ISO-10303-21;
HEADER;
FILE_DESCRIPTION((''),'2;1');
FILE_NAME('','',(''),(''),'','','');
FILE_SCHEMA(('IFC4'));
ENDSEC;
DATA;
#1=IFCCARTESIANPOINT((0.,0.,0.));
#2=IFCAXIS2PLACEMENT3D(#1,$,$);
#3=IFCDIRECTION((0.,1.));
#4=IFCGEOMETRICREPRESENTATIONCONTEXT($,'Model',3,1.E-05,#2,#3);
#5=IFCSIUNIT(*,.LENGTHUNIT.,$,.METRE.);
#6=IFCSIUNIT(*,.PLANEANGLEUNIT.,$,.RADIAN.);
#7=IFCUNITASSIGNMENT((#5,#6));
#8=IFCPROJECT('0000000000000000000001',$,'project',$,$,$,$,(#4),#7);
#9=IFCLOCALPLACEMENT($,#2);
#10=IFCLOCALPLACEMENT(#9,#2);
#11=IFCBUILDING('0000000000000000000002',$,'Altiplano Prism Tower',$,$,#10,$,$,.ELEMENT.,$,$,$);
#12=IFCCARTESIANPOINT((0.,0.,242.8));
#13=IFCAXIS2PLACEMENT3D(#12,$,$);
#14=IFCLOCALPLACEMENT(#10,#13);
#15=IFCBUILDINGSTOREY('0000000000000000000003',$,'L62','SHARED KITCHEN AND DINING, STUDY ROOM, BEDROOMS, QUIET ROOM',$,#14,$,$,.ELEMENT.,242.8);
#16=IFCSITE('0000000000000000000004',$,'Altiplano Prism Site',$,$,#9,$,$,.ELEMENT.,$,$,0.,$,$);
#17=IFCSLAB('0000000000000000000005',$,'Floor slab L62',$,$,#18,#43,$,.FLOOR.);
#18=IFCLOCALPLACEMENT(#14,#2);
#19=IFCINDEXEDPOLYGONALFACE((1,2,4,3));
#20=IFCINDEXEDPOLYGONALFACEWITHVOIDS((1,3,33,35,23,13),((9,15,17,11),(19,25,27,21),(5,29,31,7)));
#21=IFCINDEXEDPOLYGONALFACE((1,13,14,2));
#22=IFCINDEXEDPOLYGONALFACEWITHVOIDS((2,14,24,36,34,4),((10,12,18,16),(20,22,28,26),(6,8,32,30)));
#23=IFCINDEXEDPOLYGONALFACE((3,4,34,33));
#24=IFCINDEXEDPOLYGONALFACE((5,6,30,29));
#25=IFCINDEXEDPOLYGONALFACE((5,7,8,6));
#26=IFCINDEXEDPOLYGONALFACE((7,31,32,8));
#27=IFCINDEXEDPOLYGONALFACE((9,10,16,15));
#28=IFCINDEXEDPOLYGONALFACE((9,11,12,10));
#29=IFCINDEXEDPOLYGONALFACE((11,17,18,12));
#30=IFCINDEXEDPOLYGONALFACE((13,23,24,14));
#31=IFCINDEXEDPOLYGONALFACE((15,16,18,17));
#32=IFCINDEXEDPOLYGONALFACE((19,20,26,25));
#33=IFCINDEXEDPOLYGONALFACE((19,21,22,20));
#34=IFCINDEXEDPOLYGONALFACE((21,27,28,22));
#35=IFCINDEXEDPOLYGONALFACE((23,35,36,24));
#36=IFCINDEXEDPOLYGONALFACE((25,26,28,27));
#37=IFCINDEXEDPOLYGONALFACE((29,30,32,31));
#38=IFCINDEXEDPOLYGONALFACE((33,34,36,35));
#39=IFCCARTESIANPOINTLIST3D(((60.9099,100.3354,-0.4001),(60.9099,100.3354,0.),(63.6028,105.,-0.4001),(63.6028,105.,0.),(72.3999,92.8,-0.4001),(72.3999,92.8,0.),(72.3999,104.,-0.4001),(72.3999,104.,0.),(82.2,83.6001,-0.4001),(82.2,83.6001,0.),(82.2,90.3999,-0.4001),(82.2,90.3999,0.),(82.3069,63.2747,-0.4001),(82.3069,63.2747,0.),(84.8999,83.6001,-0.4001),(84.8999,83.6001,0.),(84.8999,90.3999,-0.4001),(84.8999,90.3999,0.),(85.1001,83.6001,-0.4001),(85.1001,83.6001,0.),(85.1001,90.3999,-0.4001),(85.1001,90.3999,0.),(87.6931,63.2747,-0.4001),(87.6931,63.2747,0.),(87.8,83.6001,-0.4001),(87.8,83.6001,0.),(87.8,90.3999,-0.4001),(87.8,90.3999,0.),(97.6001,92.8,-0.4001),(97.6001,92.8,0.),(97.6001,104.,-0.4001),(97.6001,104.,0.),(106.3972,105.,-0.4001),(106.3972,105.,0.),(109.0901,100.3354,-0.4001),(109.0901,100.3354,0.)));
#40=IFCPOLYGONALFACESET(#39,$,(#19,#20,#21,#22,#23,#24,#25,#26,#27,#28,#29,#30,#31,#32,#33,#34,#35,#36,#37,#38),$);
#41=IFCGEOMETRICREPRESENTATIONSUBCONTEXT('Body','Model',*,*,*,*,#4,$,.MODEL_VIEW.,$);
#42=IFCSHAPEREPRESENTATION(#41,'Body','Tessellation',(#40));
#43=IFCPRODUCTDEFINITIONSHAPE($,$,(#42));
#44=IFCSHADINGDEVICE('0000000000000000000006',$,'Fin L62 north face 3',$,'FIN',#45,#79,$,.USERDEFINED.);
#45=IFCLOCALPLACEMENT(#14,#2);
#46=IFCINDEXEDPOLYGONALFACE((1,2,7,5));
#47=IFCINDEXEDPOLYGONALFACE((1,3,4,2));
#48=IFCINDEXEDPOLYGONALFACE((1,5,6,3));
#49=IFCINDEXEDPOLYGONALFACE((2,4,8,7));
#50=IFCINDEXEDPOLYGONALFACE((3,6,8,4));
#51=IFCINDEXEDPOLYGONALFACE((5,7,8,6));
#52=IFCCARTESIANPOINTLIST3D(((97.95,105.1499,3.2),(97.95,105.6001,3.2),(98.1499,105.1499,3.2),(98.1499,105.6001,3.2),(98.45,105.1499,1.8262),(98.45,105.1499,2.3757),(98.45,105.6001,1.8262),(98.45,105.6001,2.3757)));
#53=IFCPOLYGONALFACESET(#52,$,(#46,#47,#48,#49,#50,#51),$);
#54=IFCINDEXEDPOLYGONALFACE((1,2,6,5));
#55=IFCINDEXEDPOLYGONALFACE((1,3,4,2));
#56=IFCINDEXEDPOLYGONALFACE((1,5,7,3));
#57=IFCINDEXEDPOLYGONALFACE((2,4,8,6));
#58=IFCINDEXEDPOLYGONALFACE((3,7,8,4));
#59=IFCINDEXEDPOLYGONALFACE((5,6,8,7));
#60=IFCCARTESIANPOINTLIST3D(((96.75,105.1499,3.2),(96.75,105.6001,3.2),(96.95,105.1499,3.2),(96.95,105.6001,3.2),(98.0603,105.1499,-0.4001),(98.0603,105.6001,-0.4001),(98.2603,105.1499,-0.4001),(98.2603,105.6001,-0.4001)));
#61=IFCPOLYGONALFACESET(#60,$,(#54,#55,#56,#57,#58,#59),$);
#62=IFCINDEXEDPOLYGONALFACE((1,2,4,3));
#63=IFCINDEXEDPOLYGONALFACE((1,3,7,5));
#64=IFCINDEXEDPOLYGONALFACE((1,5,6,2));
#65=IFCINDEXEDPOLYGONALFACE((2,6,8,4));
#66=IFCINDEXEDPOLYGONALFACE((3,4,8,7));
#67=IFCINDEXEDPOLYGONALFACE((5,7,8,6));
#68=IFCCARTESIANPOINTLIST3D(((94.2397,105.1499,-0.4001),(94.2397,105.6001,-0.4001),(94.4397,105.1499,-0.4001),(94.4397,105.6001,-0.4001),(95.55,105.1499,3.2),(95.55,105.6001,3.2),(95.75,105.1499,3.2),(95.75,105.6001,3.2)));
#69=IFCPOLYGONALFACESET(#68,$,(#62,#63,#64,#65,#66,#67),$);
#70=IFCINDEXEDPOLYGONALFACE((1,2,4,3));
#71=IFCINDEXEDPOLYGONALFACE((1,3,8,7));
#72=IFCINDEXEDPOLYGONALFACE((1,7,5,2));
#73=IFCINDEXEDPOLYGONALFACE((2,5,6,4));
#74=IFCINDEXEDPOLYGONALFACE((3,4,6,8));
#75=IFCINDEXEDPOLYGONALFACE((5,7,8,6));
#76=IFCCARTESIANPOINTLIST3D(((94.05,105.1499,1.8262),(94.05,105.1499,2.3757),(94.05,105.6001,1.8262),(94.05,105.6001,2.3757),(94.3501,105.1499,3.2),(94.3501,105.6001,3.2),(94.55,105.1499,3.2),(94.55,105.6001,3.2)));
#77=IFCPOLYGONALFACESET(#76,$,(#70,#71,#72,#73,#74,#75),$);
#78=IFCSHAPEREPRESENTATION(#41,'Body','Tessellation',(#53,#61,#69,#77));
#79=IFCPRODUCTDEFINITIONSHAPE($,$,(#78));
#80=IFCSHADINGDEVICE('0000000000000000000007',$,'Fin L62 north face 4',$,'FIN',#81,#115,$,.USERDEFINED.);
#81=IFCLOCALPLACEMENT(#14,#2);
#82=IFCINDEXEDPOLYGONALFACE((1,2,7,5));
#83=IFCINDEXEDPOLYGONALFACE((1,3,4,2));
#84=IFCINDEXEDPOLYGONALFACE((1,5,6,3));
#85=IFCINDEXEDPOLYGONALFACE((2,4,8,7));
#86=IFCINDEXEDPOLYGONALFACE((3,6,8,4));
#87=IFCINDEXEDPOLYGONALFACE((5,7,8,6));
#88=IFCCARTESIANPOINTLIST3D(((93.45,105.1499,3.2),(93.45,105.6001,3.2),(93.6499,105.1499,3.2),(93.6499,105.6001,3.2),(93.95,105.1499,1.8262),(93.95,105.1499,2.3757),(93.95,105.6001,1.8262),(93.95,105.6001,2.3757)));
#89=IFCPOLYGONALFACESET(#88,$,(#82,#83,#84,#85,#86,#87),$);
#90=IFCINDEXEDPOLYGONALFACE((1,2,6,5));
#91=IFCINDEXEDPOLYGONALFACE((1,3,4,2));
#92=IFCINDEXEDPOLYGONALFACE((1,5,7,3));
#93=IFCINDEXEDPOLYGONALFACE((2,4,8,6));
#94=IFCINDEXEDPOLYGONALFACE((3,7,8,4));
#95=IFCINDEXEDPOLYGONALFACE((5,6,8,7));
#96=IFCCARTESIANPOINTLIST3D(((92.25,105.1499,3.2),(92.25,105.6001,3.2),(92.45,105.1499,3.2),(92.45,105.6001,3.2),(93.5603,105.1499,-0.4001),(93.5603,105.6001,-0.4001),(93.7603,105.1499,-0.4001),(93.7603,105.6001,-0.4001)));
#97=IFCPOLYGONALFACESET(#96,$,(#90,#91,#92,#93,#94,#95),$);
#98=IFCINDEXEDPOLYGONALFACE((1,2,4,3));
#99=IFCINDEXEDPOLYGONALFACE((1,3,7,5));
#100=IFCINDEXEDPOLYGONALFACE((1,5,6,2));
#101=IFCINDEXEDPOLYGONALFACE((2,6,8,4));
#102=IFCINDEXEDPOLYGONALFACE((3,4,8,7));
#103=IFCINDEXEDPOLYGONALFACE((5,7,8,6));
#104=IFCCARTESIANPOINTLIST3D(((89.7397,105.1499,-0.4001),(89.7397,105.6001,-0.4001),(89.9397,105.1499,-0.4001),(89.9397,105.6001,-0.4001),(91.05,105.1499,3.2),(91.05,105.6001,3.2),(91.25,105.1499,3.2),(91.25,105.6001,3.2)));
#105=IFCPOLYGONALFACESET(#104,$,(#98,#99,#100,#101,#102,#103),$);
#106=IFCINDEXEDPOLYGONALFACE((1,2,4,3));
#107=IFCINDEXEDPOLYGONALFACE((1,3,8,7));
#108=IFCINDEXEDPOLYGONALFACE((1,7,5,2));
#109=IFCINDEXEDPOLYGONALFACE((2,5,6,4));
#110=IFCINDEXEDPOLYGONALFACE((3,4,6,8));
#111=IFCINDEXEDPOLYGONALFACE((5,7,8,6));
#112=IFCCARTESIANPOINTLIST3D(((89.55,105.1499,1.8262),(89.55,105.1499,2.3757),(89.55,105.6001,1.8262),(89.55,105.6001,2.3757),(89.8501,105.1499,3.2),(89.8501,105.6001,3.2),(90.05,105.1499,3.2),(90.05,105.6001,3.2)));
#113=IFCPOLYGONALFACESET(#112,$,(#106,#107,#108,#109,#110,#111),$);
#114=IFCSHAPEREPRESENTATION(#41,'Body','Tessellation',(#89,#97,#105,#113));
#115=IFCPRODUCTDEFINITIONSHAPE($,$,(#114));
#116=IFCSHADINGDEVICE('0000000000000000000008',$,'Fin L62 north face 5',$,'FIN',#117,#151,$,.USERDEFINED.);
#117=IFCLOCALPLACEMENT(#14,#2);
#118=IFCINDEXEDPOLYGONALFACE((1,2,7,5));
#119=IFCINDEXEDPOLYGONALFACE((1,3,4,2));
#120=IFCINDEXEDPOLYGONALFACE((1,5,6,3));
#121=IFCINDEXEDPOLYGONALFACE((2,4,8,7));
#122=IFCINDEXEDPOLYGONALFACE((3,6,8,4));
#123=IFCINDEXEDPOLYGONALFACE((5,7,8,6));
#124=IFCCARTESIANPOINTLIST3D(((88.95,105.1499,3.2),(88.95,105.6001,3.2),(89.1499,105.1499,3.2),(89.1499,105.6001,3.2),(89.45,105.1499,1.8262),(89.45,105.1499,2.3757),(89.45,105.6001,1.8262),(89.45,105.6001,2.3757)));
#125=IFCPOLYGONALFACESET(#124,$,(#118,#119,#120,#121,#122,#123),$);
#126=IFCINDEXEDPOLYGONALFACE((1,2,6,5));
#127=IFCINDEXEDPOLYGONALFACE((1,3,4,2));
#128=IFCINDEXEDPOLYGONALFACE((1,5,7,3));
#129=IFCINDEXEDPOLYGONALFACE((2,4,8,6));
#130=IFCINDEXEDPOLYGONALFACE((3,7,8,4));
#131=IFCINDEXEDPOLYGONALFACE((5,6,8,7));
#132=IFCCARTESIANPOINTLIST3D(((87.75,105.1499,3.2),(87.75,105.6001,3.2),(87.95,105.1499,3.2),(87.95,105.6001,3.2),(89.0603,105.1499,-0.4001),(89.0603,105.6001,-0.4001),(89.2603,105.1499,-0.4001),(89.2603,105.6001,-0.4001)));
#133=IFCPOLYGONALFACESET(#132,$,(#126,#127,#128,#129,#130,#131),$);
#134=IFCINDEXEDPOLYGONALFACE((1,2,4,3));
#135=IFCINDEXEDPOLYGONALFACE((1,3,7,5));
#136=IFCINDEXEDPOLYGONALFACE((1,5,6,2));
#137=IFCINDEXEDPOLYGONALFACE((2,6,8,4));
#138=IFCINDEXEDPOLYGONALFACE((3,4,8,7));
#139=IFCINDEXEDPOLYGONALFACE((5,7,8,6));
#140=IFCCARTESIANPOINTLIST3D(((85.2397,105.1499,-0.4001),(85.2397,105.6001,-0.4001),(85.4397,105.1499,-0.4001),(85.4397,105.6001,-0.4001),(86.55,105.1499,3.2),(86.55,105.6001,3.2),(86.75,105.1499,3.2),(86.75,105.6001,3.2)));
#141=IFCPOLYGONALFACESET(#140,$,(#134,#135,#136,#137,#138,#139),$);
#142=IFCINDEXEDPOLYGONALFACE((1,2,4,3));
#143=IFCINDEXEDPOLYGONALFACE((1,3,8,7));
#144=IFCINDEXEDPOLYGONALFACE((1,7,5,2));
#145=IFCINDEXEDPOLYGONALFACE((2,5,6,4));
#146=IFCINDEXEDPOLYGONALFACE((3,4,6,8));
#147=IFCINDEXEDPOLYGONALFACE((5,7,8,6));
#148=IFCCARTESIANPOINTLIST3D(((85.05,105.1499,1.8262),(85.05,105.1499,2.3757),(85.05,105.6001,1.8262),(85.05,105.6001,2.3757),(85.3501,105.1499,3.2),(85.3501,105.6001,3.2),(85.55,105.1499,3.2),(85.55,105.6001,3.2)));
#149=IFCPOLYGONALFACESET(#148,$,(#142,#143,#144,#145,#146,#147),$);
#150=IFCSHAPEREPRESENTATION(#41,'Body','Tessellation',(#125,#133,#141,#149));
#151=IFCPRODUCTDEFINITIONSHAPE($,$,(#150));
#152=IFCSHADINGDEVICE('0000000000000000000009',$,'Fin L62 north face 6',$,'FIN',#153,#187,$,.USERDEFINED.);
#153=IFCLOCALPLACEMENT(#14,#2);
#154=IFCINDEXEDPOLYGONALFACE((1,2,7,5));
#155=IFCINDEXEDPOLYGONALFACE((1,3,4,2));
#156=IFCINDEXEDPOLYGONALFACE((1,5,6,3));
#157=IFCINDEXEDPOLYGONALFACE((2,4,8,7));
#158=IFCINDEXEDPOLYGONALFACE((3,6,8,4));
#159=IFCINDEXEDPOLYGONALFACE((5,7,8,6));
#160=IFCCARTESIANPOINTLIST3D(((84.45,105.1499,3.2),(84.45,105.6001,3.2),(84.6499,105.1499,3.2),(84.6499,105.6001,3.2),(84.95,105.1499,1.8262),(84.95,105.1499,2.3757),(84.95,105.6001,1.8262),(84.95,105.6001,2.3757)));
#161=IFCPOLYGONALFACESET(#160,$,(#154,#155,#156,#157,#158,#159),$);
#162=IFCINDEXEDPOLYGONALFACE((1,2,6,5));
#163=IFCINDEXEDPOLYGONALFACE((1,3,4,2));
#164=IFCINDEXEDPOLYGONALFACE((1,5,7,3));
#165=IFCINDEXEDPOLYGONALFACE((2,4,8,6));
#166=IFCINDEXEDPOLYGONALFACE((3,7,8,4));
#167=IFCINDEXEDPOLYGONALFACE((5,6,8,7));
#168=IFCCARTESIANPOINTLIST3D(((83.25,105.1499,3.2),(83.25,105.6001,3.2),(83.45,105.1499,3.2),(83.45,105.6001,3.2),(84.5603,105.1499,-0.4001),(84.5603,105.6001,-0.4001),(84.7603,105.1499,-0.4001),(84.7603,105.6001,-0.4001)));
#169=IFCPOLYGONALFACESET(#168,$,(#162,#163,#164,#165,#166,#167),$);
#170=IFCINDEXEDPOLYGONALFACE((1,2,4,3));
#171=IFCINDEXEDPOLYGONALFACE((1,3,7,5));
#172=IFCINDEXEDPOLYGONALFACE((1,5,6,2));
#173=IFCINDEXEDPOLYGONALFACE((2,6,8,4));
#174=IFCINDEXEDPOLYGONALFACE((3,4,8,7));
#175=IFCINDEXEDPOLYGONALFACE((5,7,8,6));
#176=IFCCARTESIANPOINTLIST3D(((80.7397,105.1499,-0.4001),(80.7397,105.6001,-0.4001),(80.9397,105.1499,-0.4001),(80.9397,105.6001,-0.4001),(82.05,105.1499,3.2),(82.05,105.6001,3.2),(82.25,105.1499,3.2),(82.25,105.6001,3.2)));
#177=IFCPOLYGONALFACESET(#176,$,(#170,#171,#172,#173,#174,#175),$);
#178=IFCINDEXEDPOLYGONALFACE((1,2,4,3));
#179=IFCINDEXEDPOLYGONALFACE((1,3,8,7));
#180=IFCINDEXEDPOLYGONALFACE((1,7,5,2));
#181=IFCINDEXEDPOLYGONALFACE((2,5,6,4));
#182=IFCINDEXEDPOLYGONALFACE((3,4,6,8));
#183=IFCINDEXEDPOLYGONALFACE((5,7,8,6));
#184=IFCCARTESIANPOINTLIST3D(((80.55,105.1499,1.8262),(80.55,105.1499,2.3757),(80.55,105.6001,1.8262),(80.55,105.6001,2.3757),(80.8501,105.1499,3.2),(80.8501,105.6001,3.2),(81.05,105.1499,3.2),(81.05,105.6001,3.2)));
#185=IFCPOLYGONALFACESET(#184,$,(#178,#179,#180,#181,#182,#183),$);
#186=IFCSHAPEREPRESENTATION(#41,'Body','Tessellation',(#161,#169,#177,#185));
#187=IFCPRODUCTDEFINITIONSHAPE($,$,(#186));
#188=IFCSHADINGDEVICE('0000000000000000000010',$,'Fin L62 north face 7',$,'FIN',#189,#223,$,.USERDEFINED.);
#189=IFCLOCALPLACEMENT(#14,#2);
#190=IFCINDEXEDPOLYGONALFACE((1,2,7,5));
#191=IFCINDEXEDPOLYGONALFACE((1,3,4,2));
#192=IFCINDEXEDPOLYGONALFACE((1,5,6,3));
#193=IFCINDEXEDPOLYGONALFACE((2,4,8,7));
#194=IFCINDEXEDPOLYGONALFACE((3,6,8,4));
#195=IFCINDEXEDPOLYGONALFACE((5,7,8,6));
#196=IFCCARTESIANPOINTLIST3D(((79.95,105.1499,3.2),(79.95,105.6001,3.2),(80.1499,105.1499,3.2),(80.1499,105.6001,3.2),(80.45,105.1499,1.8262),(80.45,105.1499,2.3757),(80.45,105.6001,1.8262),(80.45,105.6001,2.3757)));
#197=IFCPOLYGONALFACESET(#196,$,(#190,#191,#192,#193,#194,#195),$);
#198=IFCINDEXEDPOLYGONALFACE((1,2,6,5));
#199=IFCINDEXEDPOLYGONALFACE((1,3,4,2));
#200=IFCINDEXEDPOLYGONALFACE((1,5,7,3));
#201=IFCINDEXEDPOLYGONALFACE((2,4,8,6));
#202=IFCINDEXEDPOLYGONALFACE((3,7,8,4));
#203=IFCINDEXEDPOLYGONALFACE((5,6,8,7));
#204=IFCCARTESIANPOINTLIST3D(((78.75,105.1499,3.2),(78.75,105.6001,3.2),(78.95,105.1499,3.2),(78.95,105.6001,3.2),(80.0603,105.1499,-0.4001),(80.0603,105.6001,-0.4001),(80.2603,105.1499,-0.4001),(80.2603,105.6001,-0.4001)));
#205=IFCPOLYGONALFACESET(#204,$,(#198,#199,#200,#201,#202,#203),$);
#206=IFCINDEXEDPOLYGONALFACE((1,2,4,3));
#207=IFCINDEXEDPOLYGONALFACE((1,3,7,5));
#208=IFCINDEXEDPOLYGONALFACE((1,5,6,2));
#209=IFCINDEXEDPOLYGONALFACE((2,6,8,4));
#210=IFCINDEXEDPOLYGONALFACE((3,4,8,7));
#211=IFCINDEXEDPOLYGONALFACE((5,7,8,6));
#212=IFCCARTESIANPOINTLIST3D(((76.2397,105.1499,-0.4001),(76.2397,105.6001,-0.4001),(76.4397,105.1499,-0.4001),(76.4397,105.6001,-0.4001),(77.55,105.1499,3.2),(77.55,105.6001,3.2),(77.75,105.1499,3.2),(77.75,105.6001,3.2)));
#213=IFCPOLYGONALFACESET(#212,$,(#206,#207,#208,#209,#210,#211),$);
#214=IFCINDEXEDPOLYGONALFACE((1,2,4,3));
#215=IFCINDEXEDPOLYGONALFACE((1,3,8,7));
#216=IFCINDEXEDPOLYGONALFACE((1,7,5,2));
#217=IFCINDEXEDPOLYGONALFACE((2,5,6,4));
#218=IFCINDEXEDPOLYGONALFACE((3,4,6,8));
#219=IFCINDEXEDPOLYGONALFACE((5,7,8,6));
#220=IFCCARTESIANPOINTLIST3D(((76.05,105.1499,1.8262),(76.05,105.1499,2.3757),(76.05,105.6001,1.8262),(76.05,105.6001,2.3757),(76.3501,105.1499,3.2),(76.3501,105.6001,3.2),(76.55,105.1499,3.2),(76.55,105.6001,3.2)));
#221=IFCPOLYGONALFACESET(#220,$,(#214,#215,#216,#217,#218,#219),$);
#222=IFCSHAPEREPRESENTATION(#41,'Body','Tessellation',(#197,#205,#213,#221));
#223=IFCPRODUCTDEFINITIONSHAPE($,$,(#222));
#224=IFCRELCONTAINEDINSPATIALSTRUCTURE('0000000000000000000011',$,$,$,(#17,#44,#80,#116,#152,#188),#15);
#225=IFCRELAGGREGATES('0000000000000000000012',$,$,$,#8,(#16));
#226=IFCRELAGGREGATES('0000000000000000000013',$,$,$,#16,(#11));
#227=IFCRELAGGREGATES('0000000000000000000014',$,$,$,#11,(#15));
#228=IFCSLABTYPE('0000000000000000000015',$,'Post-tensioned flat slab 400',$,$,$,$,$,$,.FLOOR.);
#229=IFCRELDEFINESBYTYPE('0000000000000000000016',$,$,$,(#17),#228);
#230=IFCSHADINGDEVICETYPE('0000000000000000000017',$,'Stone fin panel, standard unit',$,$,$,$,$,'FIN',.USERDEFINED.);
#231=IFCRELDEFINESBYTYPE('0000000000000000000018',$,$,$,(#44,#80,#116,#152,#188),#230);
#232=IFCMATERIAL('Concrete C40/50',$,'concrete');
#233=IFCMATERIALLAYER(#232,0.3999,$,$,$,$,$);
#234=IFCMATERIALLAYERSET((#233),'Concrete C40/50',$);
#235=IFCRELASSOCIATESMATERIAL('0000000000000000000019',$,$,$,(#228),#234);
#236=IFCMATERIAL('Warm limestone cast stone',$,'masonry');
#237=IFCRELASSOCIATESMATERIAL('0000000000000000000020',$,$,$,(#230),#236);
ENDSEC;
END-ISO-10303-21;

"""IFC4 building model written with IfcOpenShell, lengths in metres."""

from ifc_helpers import new_model, si_unit, direction, frame, origin, place, context, subcontext, project, spatial, polyline, outline, extrude, source, transform, mapped, material, layer, layer_set, type_object, element, save


model = new_model("IFC4")

# Units and contexts
model_context = context("Model", 3, precision=1e-05, world=origin(), true_north=direction((0.0, 1.0)))
body_context = subcontext(model_context, "Body", "Model", "MODEL_VIEW")
ifc_project = project(units=[si_unit("LENGTHUNIT", "METRE"), si_unit("PLANEANGLEUNIT", "RADIAN")], contexts=[model_context])

# Site, building, storey
site_placement = place(None, origin())
site = spatial("IfcSite", under=ifc_project, at=site_placement, Name="Altiplano Prism Site", CompositionType="ELEMENT", RefElevation=0.0)
building_placement = place(site_placement, origin())
building = spatial("IfcBuilding", under=site, at=building_placement, Name="Altiplano Prism Tower", CompositionType="ELEMENT")
storey_placement = place(building_placement, frame((0.0, 0.0, 242.8)))
storey = spatial("IfcBuildingStorey", under=building, at=storey_placement, Name="L62", Description="SHARED KITCHEN AND DINING, STUDY ROOM, BEDROOMS, QUIET ROOM", CompositionType="ELEMENT", Elevation=242.8)

# Slab
ifc_material_1 = material(Name="Concrete C40/50", Category="concrete")
ifc_layer = layer(ifc_material_1, 0.3999)
ifc_layer_set = layer_set([ifc_layer], Name="Concrete C40/50")
slab_type = type_object("IfcSlabType", Name="Post-tensioned flat slab 400", PredefinedType="FLOOR", material=ifc_layer_set)
slab_placement = place(storey_placement, frame((0.0, 0.0, -0.4001)))
element("IfcSlab", 1, at=slab_placement, inside=storey, type_object=slab_type, Name="Floor slab L62", PredefinedType="FLOOR", context=body_context, shape_type="SweptSolid", body=[
    extrude(outline(polyline([(82.3069, 63.2747), (60.9099, 100.3354), (63.6028, 105.0), (106.3972, 105.0), (109.0901, 100.3354), (87.6931, 63.2747), (82.3069, 63.2747)]), holes=[polyline([(72.3999, 104.0), (72.3999, 92.8), (97.6001, 92.8), (97.6001, 104.0), (72.3999, 104.0)]), polyline([(84.8999, 90.3999), (82.2, 90.3999), (82.2, 83.6001), (84.8999, 83.6001), (84.8999, 90.3999)]), polyline([(87.8, 83.6001), (87.8, 90.3999), (85.1001, 90.3999), (85.1001, 83.6001), (87.8, 83.6001)])]), origin(), (0.0, 0.0, 1.0), 0.4001),
])

# Shading devices
ifc_material_2 = material(Name="Warm limestone cast stone", Category="masonry")
shading_device_type_1 = type_object("IfcShadingDeviceType", Name="Stone fin panel, standard unit", ElementType="FIN", PredefinedType="USERDEFINED", material=ifc_material_2)
shared_shape_1 = source(origin(), body_context, "Body", "SweptSolid", [
    extrude(outline(polyline([(-2.2, 2.2263), (-1.7, 3.6001), (-1.8999, 3.6001), (-2.2, 2.7759), (-2.2, 2.2263)])), frame((0.0, -0.1499, 0.0), z_axis=(0.0, -1.0, 0.0), x_axis=(1.0, 0.0, 0.0)), (0.0, 0.0, 1.0), 0.4502),
    extrude(outline(polyline([(-2.0103, 0.0), (-1.8103, 0.0), (-0.5, 3.6001), (-0.7, 3.6001), (-2.0103, 0.0)])), frame((0.0, -0.1499, 0.0), z_axis=(0.0, -1.0, 0.0), x_axis=(1.0, 0.0, 0.0)), (0.0, 0.0, 1.0), 0.4502),
    extrude(outline(polyline([(1.8103, 0.0), (2.0103, 0.0), (0.7, 3.6001), (0.5, 3.6001), (1.8103, 0.0)])), frame((0.0, -0.1499, 0.0), z_axis=(0.0, -1.0, 0.0), x_axis=(1.0, 0.0, 0.0)), (0.0, 0.0, 1.0), 0.4502),
    extrude(outline(polyline([(2.2, 2.7759), (1.8999, 3.6001), (1.7, 3.6001), (2.2, 2.2263), (2.2, 2.7759)])), frame((0.0, -0.1499, 0.0), z_axis=(0.0, -1.0, 0.0), x_axis=(1.0, 0.0, 0.0)), (0.0, 0.0, 1.0), 0.4502),
])
shading_device_1_placement = place(storey_placement, origin())
element("IfcShadingDevice", 2, at=shading_device_1_placement, inside=storey, type_object=shading_device_type_1, Name="Fin L62 north face 3", ObjectType="FIN", PredefinedType="USERDEFINED", context=body_context, shape_type="MappedRepresentation", body=[
    mapped(shared_shape_1, transform((96.25, 105.0, -0.4001), x_axis=(-1.0, 0.0, 0.0), y_axis=(0.0, -1.0, 0.0), z_axis=(0.0, 0.0, 1.0))),
])
shading_device_2_placement = place(storey_placement, origin())
element("IfcShadingDevice", 3, at=shading_device_2_placement, inside=storey, type_object=shading_device_type_1, Name="Fin L62 north face 4", ObjectType="FIN", PredefinedType="USERDEFINED", context=body_context, shape_type="MappedRepresentation", body=[
    mapped(shared_shape_1, transform((91.75, 105.0, -0.4001), x_axis=(-1.0, 0.0, 0.0), y_axis=(0.0, -1.0, 0.0), z_axis=(0.0, 0.0, 1.0))),
])
shading_device_3_placement = place(storey_placement, origin())
element("IfcShadingDevice", 4, at=shading_device_3_placement, inside=storey, type_object=shading_device_type_1, Name="Fin L62 north face 5", ObjectType="FIN", PredefinedType="USERDEFINED", context=body_context, shape_type="MappedRepresentation", body=[
    mapped(shared_shape_1, transform((87.25, 105.0, -0.4001), x_axis=(-1.0, 0.0, 0.0), y_axis=(0.0, -1.0, 0.0), z_axis=(0.0, 0.0, 1.0))),
])
shading_device_4_placement = place(storey_placement, origin())
element("IfcShadingDevice", 5, at=shading_device_4_placement, inside=storey, type_object=shading_device_type_1, Name="Fin L62 north face 6", ObjectType="FIN", PredefinedType="USERDEFINED", context=body_context, shape_type="MappedRepresentation", body=[
    mapped(shared_shape_1, transform((82.75, 105.0, -0.4001), x_axis=(-1.0, 0.0, 0.0), y_axis=(0.0, -1.0, 0.0), z_axis=(0.0, 0.0, 1.0))),
])
shading_device_5_placement = place(storey_placement, origin())
element("IfcShadingDevice", 6, at=shading_device_5_placement, inside=storey, type_object=shading_device_type_1, Name="Fin L62 north face 7", ObjectType="FIN", PredefinedType="USERDEFINED", context=body_context, shape_type="MappedRepresentation", body=[
    mapped(shared_shape_1, transform((78.25, 105.0, -0.4001), x_axis=(-1.0, 0.0, 0.0), y_axis=(0.0, -1.0, 0.0), z_axis=(0.0, 0.0, 1.0))),
])

save(model, "model.ifc")
